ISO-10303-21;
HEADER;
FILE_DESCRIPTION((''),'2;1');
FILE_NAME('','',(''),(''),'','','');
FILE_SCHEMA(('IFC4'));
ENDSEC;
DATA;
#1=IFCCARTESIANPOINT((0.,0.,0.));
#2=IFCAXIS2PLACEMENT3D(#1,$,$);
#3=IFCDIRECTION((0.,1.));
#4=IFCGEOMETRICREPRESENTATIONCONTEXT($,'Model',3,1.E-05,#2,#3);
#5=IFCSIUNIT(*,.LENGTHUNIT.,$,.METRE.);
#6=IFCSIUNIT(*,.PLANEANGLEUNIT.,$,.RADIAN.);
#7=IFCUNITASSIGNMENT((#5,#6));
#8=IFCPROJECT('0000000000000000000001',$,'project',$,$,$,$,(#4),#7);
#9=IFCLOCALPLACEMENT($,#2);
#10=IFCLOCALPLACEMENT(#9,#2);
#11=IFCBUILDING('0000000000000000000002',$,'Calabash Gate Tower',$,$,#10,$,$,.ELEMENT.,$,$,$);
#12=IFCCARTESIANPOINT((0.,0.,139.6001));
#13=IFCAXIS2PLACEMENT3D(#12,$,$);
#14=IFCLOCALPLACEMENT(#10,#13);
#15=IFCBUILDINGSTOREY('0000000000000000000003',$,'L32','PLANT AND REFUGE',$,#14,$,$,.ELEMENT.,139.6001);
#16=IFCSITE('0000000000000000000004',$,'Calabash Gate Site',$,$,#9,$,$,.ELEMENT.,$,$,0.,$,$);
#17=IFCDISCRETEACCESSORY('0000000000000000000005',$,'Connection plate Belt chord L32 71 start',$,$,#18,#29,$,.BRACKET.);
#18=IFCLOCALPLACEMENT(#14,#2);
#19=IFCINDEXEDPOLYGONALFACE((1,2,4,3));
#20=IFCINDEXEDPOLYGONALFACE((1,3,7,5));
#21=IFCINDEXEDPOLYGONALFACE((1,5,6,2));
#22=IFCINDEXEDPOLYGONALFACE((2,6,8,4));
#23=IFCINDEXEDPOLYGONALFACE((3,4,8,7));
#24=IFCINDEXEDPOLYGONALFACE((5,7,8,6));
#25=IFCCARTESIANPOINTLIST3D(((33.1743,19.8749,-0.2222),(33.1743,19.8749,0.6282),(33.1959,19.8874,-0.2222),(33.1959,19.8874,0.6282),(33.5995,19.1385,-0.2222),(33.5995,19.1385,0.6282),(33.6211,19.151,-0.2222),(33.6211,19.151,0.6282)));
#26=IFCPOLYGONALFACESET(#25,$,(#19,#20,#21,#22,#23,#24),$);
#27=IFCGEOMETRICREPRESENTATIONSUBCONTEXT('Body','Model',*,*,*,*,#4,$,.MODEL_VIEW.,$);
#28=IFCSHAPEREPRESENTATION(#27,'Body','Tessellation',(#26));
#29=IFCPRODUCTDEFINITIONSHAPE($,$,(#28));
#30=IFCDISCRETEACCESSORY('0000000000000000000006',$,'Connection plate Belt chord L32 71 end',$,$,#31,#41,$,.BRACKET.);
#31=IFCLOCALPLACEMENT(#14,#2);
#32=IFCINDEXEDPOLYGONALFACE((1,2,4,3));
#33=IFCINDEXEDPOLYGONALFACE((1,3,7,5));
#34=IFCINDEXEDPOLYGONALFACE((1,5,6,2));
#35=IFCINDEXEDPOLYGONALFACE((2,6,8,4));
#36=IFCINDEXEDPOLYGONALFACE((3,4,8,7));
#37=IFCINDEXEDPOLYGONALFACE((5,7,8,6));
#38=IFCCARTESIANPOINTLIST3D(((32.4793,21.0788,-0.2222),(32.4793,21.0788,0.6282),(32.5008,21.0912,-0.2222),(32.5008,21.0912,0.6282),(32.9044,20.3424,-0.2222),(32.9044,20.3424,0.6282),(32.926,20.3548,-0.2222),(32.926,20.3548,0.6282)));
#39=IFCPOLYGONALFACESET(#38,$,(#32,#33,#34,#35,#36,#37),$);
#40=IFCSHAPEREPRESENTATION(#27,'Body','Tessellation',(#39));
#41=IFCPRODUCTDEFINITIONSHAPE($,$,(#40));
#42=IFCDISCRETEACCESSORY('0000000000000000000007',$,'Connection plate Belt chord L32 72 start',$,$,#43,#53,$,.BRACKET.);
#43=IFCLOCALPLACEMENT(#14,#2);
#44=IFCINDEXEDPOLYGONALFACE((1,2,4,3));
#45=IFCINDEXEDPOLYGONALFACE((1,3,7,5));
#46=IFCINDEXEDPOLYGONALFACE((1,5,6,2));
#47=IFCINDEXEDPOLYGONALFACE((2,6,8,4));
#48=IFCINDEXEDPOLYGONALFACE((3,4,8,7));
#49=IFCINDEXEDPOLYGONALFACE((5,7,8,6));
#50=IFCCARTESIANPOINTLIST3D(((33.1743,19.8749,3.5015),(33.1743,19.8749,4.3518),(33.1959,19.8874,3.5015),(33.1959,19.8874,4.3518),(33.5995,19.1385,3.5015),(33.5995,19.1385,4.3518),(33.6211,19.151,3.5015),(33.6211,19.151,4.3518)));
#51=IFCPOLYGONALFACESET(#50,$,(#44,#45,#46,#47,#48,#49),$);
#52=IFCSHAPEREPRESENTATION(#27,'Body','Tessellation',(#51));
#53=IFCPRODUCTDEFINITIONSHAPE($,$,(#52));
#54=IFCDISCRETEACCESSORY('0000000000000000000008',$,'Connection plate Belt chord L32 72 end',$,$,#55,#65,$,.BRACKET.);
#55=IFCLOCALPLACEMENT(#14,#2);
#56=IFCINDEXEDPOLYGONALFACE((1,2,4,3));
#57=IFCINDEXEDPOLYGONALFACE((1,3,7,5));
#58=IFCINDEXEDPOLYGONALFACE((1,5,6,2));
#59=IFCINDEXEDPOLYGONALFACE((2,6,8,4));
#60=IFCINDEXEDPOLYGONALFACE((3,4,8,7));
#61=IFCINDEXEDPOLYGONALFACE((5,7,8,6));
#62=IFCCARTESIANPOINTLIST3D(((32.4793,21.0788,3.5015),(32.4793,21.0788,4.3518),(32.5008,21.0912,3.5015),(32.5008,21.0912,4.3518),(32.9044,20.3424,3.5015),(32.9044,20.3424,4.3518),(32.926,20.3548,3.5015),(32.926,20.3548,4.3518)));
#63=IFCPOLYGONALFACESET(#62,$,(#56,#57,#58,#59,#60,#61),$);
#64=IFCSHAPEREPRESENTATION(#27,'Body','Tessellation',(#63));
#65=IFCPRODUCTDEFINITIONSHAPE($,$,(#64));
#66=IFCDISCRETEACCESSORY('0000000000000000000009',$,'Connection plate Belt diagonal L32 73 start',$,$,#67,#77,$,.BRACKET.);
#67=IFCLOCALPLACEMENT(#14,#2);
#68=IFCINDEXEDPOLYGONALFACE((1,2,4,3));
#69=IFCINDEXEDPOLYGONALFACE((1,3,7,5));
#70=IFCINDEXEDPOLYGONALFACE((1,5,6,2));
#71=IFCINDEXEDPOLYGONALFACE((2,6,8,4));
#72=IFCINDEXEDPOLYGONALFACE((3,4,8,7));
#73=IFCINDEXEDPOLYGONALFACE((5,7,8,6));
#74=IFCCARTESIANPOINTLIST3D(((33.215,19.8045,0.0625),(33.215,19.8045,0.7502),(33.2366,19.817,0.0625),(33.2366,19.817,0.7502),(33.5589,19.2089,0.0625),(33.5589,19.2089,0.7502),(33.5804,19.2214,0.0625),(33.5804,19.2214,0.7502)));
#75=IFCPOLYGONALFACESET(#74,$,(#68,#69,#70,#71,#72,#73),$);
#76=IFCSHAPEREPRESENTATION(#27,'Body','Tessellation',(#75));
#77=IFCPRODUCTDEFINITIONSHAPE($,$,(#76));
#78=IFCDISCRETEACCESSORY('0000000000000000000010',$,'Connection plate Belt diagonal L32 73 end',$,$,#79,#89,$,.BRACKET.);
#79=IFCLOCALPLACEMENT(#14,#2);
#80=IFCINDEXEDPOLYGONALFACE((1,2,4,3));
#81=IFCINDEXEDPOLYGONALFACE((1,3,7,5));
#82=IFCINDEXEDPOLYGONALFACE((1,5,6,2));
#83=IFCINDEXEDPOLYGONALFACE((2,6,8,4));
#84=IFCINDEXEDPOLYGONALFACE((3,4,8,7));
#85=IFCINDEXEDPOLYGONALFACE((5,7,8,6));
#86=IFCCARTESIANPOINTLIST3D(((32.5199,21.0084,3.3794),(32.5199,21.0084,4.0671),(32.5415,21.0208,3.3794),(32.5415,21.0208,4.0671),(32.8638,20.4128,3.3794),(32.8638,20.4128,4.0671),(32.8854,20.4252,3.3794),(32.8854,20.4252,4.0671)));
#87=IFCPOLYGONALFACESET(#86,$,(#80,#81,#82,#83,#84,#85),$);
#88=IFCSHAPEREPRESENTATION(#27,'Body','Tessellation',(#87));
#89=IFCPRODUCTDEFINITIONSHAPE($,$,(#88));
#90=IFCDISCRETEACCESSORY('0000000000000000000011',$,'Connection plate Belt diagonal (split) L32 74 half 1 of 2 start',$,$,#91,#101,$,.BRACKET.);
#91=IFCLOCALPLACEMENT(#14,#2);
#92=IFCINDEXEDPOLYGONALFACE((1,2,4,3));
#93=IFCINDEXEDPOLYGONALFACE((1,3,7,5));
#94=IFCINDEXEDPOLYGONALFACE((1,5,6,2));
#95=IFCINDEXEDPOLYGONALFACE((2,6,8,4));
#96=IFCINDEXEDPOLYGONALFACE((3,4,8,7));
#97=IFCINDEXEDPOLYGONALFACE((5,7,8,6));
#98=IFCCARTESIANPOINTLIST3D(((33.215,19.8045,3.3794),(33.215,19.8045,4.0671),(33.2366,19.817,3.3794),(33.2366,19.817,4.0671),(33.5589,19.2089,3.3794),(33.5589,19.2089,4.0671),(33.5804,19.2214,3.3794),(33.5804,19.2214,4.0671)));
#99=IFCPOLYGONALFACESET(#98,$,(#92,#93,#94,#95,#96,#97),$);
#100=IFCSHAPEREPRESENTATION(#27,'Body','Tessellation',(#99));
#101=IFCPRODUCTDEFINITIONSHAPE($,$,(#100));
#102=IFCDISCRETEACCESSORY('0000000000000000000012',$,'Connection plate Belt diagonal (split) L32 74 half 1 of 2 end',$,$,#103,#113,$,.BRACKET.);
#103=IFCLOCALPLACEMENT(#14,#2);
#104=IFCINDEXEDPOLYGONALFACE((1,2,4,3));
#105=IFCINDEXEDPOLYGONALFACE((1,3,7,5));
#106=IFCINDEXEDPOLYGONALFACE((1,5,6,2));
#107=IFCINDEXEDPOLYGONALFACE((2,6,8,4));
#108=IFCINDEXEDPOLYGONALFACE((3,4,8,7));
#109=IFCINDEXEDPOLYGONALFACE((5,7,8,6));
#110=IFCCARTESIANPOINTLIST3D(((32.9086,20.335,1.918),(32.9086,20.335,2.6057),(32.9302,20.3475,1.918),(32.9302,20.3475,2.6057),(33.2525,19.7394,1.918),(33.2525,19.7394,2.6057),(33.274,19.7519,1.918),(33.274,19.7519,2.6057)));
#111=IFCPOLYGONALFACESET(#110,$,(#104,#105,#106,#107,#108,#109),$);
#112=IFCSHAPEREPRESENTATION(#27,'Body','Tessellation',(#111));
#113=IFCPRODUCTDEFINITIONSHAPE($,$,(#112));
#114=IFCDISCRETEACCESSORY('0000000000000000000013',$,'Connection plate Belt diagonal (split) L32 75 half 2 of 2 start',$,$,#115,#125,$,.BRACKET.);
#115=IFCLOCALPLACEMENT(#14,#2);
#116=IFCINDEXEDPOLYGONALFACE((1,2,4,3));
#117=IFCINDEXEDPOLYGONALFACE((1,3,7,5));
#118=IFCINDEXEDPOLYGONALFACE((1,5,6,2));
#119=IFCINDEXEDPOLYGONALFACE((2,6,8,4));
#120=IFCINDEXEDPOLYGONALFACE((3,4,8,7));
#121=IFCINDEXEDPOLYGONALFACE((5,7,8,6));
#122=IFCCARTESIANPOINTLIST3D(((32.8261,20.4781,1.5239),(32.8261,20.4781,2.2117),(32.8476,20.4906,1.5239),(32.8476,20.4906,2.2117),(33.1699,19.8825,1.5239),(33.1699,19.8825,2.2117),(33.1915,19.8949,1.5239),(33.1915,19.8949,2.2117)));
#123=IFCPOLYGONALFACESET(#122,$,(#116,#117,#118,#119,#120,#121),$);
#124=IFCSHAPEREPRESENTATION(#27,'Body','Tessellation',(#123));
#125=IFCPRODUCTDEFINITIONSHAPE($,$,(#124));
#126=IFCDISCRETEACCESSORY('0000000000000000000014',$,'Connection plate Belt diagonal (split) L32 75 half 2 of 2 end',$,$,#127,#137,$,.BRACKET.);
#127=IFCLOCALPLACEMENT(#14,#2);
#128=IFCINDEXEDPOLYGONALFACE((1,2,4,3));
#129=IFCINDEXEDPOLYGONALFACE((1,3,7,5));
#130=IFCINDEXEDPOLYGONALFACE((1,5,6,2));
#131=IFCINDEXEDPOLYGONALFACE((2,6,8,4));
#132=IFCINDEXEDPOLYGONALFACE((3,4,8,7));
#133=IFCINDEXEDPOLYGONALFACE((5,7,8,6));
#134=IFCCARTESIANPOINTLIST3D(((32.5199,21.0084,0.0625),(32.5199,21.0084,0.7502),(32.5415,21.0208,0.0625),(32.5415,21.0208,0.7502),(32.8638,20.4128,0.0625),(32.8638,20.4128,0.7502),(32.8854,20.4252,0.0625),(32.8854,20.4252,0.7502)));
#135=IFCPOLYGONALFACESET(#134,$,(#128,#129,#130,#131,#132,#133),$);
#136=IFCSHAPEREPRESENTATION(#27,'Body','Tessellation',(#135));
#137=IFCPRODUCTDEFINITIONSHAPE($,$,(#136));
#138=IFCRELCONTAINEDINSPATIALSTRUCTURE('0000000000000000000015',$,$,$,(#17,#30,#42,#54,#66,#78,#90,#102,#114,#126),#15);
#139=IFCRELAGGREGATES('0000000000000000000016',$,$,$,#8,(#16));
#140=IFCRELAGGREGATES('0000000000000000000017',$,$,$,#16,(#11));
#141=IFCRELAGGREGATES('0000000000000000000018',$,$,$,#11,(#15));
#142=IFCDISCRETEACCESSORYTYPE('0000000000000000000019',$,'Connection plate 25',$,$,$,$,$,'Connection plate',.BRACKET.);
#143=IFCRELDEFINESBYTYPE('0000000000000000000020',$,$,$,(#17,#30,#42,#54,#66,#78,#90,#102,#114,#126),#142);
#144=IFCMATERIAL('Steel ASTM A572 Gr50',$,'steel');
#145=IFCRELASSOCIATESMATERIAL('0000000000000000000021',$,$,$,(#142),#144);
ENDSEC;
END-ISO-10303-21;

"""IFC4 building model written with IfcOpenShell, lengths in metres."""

from ifc_helpers import new_model, si_unit, direction, frame, origin, origin_2d, place, context, subcontext, project, spatial, rectangle, extrude, material, type_object, element, save


model = new_model("IFC4")

# Units and contexts
model_context = context("Model", 3, precision=1e-05, world=origin(), true_north=direction((0.0, 1.0)))
body_context = subcontext(model_context, "Body", "Model", "MODEL_VIEW")
ifc_project = project(units=[si_unit("LENGTHUNIT", "METRE"), si_unit("PLANEANGLEUNIT", "RADIAN")], contexts=[model_context])

# Site, building, storey
site_placement = place(None, origin())
site = spatial("IfcSite", under=ifc_project, at=site_placement, Name="Calabash Gate Site", CompositionType="ELEMENT", RefElevation=0.0)
building_placement = place(site_placement, origin())
building = spatial("IfcBuilding", under=site, at=building_placement, Name="Calabash Gate Tower", CompositionType="ELEMENT")
storey_placement = place(building_placement, frame((0.0, 0.0, 139.6001)))
storey = spatial("IfcBuildingStorey", under=building, at=storey_placement, Name="L32", Description="PLANT AND REFUGE", CompositionType="ELEMENT", Elevation=139.6001)

# Discrete accessories
ifc_material_1 = material(Name="Steel ASTM A572 Gr50", Category="steel")
discrete_accessory_type = type_object("IfcDiscreteAccessoryType", Name="Connection plate 25", ElementType="Connection plate", PredefinedType="BRACKET", material=ifc_material_1)
for number, where, z_axis, x_axis, name in (
    (1, (33.3977, 19.5129, -0.2222), (0.0, 0.0, 1.0), (-0.5, 0.866025, 0.0), "Connection plate Belt chord L32 71 start"),
    (2, (32.7026, 20.7168, -0.2222), (0.0, 0.0, 1.0), (-0.5, 0.866025, 0.0), "Connection plate Belt chord L32 71 end"),
    (3, (33.3977, 19.5129, 3.5015), (0.0, 0.0, 1.0), (-0.5, 0.866025, 0.0), "Connection plate Belt chord L32 72 start"),
    (4, (32.7026, 20.7168, 3.5015), (0.0, 0.0, 1.0), (-0.5, 0.866025, 0.0), "Connection plate Belt chord L32 72 end"),
):
    element("IfcDiscreteAccessory", number, at=place(storey_placement, frame(where, z_axis=z_axis, x_axis=x_axis)), inside=storey, type_object=discrete_accessory_type, Name=name, PredefinedType="BRACKET", context=body_context, shape_type="SweptSolid", body=[
        extrude(rectangle(XDim=0.8503, YDim=0.0249, at=origin_2d()), origin(), (0.0, 0.0, 1.0), 0.8503),
    ])
for number, where, z_axis, x_axis, name in (
    (5, (33.3977, 19.5129, 0.0625), (0.0, 0.0, 1.0), (-0.5, 0.866025, 0.0), "Connection plate Belt diagonal L32 73 start"),
    (6, (32.7026, 20.7168, 3.3794), (0.0, 0.0, 1.0), (-0.5, 0.866025, 0.0), "Connection plate Belt diagonal L32 73 end"),
    (7, (33.3977, 19.5129, 3.3794), (0.0, 0.0, 1.0), (-0.5, 0.866025, 0.0), "Connection plate Belt diagonal (split) L32 74 half 1 of 2 start"),
    (8, (33.0913, 20.0435, 1.918), (0.0, 0.0, 1.0), (-0.5, 0.866025, 0.0), "Connection plate Belt diagonal (split) L32 74 half 1 of 2 end"),
    (9, (33.0088, 20.1865, 1.5239), (0.0, 0.0, 1.0), (-0.5, 0.866025, 0.0), "Connection plate Belt diagonal (split) L32 75 half 2 of 2 start"),
    (10, (32.7026, 20.7168, 0.0625), (0.0, 0.0, 1.0), (-0.5, 0.866025, 0.0), "Connection plate Belt diagonal (split) L32 75 half 2 of 2 end"),
):
    element("IfcDiscreteAccessory", number, at=place(storey_placement, frame(where, z_axis=z_axis, x_axis=x_axis)), inside=storey, type_object=discrete_accessory_type, Name=name, PredefinedType="BRACKET", context=body_context, shape_type="SweptSolid", body=[
        extrude(rectangle(XDim=0.6877, YDim=0.0249, at=origin_2d()), origin(), (0.0, 0.0, 1.0), 0.6877),
    ])

save(model, "model.ifc")
